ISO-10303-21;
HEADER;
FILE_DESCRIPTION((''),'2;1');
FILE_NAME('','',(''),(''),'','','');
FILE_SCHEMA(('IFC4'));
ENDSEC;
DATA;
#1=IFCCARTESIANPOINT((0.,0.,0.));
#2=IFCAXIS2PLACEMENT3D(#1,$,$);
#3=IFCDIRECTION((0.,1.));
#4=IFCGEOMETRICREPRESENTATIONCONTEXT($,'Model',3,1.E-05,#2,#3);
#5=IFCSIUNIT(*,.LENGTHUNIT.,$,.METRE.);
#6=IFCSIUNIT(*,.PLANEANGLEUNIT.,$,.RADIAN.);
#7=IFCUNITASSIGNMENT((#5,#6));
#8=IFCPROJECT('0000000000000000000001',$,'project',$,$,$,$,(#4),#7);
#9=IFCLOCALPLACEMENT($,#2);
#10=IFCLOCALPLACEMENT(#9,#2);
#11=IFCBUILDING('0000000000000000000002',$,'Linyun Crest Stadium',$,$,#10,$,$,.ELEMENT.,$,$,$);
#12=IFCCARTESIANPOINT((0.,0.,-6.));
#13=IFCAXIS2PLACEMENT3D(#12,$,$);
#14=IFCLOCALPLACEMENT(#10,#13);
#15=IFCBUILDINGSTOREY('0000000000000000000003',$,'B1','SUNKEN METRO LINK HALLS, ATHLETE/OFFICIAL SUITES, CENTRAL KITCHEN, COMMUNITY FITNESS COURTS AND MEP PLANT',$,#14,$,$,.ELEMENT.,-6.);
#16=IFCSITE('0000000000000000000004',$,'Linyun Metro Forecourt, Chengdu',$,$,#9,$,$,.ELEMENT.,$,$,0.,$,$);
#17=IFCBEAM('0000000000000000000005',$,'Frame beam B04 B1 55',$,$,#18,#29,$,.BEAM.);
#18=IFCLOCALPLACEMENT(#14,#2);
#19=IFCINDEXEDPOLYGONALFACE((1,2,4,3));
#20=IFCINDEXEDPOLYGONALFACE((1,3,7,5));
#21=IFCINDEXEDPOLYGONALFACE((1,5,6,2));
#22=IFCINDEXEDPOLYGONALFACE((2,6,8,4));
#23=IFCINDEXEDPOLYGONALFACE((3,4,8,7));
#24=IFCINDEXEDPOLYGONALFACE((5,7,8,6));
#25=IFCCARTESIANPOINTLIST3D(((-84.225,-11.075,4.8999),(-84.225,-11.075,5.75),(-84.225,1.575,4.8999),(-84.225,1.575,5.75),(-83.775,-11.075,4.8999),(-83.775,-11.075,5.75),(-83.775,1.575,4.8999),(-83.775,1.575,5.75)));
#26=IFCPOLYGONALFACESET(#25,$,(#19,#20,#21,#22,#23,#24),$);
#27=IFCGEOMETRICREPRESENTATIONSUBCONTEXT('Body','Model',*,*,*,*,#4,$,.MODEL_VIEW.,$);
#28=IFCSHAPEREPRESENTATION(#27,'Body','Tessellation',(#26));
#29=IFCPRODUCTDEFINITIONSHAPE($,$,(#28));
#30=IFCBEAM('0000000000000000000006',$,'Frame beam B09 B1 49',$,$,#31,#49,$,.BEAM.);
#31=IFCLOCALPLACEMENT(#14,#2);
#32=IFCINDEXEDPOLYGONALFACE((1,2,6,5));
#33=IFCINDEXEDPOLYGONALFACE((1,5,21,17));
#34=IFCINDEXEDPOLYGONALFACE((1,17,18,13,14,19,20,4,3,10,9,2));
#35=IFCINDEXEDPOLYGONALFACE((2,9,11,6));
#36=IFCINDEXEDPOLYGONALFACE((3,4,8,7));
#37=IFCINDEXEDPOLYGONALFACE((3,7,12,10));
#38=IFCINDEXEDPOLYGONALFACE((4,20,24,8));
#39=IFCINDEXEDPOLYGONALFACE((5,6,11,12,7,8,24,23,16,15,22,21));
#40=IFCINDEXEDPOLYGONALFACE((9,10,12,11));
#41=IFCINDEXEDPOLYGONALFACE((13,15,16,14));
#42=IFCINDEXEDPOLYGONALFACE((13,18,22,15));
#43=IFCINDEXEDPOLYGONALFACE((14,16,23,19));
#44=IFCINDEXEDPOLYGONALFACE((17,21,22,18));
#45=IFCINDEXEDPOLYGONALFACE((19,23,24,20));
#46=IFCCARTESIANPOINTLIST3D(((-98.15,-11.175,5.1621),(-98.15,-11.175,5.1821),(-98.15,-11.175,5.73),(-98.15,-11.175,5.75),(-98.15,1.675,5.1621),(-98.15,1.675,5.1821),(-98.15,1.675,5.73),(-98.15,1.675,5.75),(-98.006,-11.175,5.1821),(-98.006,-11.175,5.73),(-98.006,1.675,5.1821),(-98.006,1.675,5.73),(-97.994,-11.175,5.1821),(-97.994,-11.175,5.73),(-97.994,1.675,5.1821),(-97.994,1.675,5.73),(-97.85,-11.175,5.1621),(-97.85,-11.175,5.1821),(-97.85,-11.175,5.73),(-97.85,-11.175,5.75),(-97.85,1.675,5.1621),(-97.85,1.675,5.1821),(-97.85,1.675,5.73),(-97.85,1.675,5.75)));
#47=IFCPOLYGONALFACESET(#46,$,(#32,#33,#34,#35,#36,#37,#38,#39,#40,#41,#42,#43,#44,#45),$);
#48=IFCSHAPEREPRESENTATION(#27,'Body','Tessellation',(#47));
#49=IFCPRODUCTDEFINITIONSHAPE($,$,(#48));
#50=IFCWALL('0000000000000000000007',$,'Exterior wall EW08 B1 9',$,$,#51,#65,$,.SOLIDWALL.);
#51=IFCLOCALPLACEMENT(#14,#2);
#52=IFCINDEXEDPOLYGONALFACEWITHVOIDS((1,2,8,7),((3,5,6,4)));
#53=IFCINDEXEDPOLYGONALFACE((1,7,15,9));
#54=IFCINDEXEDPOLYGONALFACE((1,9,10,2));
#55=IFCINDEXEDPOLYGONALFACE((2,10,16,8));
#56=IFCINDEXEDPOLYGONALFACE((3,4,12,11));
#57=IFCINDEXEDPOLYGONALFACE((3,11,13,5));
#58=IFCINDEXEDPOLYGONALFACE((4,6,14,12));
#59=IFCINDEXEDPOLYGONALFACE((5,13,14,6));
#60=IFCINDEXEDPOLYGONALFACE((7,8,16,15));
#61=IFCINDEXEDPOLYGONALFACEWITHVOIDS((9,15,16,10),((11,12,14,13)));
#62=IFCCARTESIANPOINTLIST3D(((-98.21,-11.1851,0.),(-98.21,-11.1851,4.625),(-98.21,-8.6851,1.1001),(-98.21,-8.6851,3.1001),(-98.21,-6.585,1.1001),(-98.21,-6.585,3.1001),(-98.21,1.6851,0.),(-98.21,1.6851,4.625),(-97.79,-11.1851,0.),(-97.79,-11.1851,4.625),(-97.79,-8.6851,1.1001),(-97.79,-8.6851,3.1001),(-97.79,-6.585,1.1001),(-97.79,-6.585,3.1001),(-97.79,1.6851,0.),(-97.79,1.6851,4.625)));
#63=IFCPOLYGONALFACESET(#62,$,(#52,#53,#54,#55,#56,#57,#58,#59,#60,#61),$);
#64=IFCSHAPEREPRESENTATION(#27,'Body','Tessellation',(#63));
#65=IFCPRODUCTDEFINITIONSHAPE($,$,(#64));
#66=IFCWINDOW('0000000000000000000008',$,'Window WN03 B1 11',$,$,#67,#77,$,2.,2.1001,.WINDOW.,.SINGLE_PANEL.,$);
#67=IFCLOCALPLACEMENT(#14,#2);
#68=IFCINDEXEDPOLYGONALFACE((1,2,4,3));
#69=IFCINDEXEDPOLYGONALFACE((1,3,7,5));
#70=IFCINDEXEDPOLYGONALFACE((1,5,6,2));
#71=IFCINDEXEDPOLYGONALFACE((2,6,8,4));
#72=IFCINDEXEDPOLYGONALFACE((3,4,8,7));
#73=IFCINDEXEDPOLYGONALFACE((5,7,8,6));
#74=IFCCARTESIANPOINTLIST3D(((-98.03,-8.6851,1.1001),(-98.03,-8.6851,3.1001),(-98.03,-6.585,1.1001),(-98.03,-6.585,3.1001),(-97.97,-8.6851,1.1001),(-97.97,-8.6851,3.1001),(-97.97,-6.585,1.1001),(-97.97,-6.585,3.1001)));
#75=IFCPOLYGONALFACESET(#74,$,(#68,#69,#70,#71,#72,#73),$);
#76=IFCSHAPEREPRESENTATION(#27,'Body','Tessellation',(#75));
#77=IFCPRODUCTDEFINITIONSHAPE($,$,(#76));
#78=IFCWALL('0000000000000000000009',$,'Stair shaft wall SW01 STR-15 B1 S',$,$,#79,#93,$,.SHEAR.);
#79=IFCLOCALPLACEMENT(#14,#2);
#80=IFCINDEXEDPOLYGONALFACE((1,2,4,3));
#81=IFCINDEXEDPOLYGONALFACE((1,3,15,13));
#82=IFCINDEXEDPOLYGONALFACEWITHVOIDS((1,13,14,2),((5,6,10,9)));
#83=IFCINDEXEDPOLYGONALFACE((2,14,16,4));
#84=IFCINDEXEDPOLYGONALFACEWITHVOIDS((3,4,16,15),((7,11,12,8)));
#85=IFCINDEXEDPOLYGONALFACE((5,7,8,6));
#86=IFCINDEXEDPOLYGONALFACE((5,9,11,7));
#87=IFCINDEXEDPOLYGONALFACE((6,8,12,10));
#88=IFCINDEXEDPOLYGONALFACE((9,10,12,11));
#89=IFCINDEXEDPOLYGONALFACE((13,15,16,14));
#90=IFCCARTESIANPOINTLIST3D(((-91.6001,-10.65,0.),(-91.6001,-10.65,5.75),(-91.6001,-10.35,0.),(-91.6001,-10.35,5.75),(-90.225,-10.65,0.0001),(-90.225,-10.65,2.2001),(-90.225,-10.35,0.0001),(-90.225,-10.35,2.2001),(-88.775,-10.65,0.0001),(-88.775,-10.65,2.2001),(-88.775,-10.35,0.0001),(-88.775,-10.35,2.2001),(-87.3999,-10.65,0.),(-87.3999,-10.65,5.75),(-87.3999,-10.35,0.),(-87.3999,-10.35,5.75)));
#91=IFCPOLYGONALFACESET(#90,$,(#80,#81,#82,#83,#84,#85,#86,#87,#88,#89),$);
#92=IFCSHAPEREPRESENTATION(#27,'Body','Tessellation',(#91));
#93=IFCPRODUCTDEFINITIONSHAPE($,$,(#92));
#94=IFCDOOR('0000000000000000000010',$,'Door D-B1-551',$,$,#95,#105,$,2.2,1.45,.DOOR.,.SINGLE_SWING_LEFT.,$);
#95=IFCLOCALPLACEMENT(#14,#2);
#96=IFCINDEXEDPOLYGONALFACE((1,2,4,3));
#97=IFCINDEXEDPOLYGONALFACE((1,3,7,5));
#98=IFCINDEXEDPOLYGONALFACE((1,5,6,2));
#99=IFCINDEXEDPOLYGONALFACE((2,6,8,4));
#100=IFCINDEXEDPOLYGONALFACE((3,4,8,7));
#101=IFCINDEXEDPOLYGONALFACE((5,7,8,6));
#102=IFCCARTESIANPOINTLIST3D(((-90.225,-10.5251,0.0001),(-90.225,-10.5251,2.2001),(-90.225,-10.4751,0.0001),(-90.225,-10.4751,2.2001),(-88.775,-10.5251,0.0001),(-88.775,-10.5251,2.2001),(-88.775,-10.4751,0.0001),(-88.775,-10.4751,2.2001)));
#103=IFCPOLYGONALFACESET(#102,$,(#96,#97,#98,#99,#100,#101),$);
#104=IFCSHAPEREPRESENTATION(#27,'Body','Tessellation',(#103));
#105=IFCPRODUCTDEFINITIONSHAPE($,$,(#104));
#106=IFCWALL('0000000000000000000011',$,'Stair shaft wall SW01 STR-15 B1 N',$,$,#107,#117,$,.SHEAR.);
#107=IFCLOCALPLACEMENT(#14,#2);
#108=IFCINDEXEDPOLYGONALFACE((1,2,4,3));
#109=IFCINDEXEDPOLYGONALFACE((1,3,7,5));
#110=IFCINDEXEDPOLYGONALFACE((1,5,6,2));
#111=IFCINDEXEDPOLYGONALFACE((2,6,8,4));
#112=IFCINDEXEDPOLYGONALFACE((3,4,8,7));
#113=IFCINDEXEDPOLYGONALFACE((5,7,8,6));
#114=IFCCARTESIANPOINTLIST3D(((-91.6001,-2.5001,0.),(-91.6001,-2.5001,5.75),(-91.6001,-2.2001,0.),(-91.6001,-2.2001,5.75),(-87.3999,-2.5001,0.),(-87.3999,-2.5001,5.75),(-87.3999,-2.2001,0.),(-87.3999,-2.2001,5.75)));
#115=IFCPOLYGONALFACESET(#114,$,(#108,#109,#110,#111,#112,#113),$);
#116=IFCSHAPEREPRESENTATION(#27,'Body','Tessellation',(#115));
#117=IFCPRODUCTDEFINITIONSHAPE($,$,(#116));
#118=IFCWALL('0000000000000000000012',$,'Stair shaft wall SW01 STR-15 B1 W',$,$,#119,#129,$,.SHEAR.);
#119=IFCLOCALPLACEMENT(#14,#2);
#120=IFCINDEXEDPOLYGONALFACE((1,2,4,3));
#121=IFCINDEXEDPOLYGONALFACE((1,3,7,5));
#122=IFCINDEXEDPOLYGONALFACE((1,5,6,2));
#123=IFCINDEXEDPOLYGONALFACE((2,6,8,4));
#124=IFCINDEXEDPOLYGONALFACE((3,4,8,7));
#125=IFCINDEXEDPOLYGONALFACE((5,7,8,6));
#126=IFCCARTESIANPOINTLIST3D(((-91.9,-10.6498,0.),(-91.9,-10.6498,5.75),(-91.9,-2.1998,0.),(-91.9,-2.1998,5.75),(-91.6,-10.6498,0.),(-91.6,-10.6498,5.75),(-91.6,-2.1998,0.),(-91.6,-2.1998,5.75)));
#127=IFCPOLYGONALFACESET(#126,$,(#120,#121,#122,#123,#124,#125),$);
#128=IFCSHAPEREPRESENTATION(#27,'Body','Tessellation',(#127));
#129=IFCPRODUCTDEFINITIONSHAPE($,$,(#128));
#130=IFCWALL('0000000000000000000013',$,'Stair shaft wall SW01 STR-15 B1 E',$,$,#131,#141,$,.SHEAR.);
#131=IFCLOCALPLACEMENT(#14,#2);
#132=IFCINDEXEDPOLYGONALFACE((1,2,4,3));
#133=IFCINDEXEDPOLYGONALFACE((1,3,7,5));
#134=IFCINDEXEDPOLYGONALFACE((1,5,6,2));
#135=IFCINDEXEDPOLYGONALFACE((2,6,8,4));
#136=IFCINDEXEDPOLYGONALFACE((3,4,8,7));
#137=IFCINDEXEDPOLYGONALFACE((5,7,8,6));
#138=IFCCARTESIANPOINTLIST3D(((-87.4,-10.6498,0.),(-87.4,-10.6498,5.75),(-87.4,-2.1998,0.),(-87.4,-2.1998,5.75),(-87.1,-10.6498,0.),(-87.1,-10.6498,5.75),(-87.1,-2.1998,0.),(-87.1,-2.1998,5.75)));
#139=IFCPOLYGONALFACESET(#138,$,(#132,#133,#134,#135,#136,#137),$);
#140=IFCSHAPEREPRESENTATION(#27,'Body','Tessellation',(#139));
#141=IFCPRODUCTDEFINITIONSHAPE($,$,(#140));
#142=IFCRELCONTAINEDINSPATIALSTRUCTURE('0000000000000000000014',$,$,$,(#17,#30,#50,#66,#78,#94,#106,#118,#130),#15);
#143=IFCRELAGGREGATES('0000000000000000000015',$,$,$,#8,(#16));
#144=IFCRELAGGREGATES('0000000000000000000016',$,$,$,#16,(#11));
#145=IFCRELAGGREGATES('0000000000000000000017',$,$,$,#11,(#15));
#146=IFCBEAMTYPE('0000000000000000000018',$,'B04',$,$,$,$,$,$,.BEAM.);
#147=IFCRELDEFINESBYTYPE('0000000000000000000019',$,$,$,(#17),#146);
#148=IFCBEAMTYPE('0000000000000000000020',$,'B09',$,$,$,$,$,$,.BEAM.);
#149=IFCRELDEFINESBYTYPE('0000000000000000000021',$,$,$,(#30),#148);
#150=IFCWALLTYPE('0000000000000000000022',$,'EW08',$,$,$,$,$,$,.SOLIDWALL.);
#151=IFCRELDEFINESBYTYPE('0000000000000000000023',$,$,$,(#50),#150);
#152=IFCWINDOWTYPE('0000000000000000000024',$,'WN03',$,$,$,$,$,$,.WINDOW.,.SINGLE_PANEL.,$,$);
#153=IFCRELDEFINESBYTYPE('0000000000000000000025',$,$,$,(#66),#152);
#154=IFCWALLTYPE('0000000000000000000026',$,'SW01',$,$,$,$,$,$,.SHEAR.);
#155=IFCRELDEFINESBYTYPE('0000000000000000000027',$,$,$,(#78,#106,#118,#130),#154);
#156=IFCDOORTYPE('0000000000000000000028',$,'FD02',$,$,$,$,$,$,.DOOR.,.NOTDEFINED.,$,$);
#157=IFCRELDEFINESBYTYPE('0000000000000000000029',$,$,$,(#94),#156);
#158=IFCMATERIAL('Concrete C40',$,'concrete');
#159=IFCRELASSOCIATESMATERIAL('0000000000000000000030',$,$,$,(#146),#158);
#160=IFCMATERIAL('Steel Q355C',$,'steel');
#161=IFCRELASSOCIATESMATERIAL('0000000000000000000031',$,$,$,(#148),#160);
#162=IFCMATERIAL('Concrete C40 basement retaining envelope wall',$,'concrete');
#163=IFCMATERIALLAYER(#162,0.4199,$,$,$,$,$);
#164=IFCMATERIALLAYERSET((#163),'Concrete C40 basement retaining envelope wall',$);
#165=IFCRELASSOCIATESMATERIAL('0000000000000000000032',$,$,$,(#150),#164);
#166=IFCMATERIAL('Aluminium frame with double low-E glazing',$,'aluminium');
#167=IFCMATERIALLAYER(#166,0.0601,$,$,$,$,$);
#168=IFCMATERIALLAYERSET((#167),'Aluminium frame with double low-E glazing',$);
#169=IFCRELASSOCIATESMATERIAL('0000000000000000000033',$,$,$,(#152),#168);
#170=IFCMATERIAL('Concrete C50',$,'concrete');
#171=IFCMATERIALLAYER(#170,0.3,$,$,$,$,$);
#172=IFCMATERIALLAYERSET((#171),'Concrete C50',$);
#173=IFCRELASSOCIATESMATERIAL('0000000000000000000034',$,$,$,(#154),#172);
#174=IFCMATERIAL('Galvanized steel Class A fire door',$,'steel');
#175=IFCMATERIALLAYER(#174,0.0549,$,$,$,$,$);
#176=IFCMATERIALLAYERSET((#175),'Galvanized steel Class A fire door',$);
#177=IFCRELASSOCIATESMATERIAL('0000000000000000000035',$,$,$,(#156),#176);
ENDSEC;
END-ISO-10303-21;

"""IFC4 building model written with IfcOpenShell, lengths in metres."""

from ifc_helpers import new_model, si_unit, direction, frame, frame_2d, origin, origin_2d, place, context, subcontext, project, spatial, rectangle, i_section, extrude, material, layer, layer_set, material_profile, profile_set, type_object, element, fill, save


model = new_model("IFC4")

# Units and contexts
model_context = context("Model", 3, precision=1e-05, world=origin(), true_north=direction((0.0, 1.0)))
body_context = subcontext(model_context, "Body", "Model", "MODEL_VIEW")
ifc_project = project(units=[si_unit("LENGTHUNIT", "METRE"), si_unit("PLANEANGLEUNIT", "RADIAN")], contexts=[model_context])

# Site, building, storey
site_placement = place(None, origin())
site = spatial("IfcSite", under=ifc_project, at=site_placement, Name="Linyun Metro Forecourt, Chengdu", CompositionType="ELEMENT", RefElevation=0.0)
building_placement = place(site_placement, origin())
building = spatial("IfcBuilding", under=site, at=building_placement, Name="Linyun Crest Stadium", CompositionType="ELEMENT")
storey_placement = place(building_placement, frame((0.0, 0.0, -6.0)))
storey = spatial("IfcBuildingStorey", under=building, at=storey_placement, Name="B1", Description="SUNKEN METRO LINK HALLS, ATHLETE/OFFICIAL SUITES, CENTRAL KITCHEN, COMMUNITY FITNESS COURTS AND MEP PLANT", CompositionType="ELEMENT", Elevation=-6.0)

# Beams
ifc_material_1 = material(Name="Concrete C40", Category="concrete")
ifc_material_profile_1 = material_profile(ifc_material_1, rectangle(XDim=0.45, YDim=0.8501, at=origin_2d()), Name="RCB 850x450")
ifc_profile_set_1 = profile_set([ifc_material_profile_1], Name="Concrete C40")
beam_type_1 = type_object("IfcBeamType", Name="B04", PredefinedType="BEAM", material=ifc_profile_set_1)
beam_1_placement = place(storey_placement, frame((-84.0, -11.075, 5.325), z_axis=(0.0, 1.0, 0.0), x_axis=(-1.0, 0.0, 0.0)))
element("IfcBeam", 1, at=beam_1_placement, inside=storey, type_object=beam_type_1, Name="Frame beam B04 B1 55", PredefinedType="BEAM", context=body_context, shape_type="SweptSolid", body=[
    extrude(rectangle(XDim=0.45, YDim=0.8501, at=origin_2d()), origin(), (0.0, 0.0, 1.0), 12.6499),
])
ifc_material_2 = material(Name="Steel Q355C", Category="steel")
ifc_material_profile_2 = material_profile(ifc_material_2, i_section(OverallWidth=0.3, OverallDepth=0.5879, WebThickness=0.012, FlangeThickness=0.02, at=origin_2d()), Name="HM 588x300")
ifc_profile_set_2 = profile_set([ifc_material_profile_2], Name="Steel Q355C")
beam_type_2 = type_object("IfcBeamType", Name="B09", PredefinedType="BEAM", material=ifc_profile_set_2)
beam_2_placement = place(storey_placement, frame((-98.0, -11.175, 5.4561), z_axis=(0.0, 1.0, 0.0), x_axis=(-1.0, 0.0, 0.0)))
element("IfcBeam", 2, at=beam_2_placement, inside=storey, type_object=beam_type_2, Name="Frame beam B09 B1 49", PredefinedType="BEAM", context=body_context, shape_type="SweptSolid", body=[
    extrude(i_section(OverallWidth=0.3, OverallDepth=0.5879, WebThickness=0.012, FlangeThickness=0.02, at=origin_2d()), origin(), (0.0, 0.0, 1.0), 12.8501),
])

# Wall, opening, window
ifc_material_3 = material(Name="Concrete C40 basement retaining envelope wall", Category="concrete")
ifc_layer_1 = layer(ifc_material_3, 0.4199)
ifc_layer_set_1 = layer_set([ifc_layer_1], Name="Concrete C40 basement retaining envelope wall")
wall_type_1 = type_object("IfcWallType", Name="EW08", PredefinedType="SOLIDWALL", material=ifc_layer_set_1)
wall_1_placement = place(storey_placement, frame((-98.0, -11.1851, 0.0), z_axis=(0.0, 0.0, 1.0), x_axis=(0.0, 1.0, 0.0)))
wall_1 = element("IfcWall", 3, at=wall_1_placement, inside=storey, type_object=wall_type_1, Name="Exterior wall EW08 B1 9", PredefinedType="SOLIDWALL", context=body_context, shape_type="SweptSolid", body=[
    extrude(rectangle(XDim=12.8701, YDim=0.4199, at=frame_2d((6.4351, 0.0))), origin(), (0.0, 0.0, 1.0), 4.625),
])
opening_1_placement = place(wall_1_placement, frame((2.5, 0.0, 1.1001)))
opening_1 = element("IfcOpeningElement", 4, at=opening_1_placement, cuts=wall_1, PredefinedType="OPENING", context=body_context, shape_type="SweptSolid", body=[
    extrude(rectangle(XDim=2.1001, YDim=2.0, at=frame_2d((1.05, 1.0))), frame((0.0, 0.22, 0.0), z_axis=(0.0, -1.0, 0.0), x_axis=(1.0, 0.0, 0.0)), (0.0, 0.0, 1.0), 0.4399),
])
ifc_material_4 = material(Name="Aluminium frame with double low-E glazing", Category="aluminium")
ifc_layer_2 = layer(ifc_material_4, 0.0601)
ifc_layer_set_2 = layer_set([ifc_layer_2], Name="Aluminium frame with double low-E glazing")
window_type = type_object("IfcWindowType", Name="WN03", PartitioningType="SINGLE_PANEL", PredefinedType="WINDOW", material=ifc_layer_set_2)
window_placement = place(opening_1_placement, origin())
window = element("IfcWindow", 5, at=window_placement, inside=storey, type_object=window_type, Name="Window WN03 B1 11", OverallHeight=2.0, OverallWidth=2.1001, PartitioningType="SINGLE_PANEL", PredefinedType="WINDOW", context=body_context, shape_type="SweptSolid", body=[
    extrude(rectangle(XDim=2.1001, YDim=2.0, at=frame_2d((1.05, 1.0))), frame((0.0, 0.03, 0.0), z_axis=(0.0, -1.0, 0.0), x_axis=(1.0, 0.0, 0.0)), (0.0, 0.0, 1.0), 0.0601),
])
fill(opening_1, window)

# Wall, opening, door
ifc_material_5 = material(Name="Concrete C50", Category="concrete")
ifc_layer_3 = layer(ifc_material_5, 0.3)
ifc_layer_set_3 = layer_set([ifc_layer_3], Name="Concrete C50")
wall_type_2 = type_object("IfcWallType", Name="SW01", PredefinedType="SHEAR", material=ifc_layer_set_3)
wall_2_placement = place(storey_placement, frame((-91.6001, -10.5, 0.0), z_axis=(0.0, 0.0, 1.0), x_axis=(1.0, 0.0, 0.0)))
wall_2 = element("IfcWall", 6, at=wall_2_placement, inside=storey, type_object=wall_type_2, Name="Stair shaft wall SW01 STR-15 B1 S", PredefinedType="SHEAR", context=body_context, shape_type="SweptSolid", body=[
    extrude(rectangle(XDim=4.2002, YDim=0.3, at=frame_2d((2.1001, 0.0))), origin(), (0.0, 0.0, 1.0), 5.75),
])
opening_2_placement = place(wall_2_placement, frame((1.375, 0.0, 0.0)))
opening_2 = element("IfcOpeningElement", 7, at=opening_2_placement, cuts=wall_2, PredefinedType="OPENING", context=body_context, shape_type="SweptSolid", body=[
    extrude(rectangle(XDim=1.45, YDim=2.2, at=frame_2d((0.7251, 1.1001))), frame((0.0, 0.1599, 0.0), z_axis=(0.0, -1.0, 0.0), x_axis=(1.0, 0.0, 0.0)), (0.0, 0.0, 1.0), 0.3201),
])
ifc_material_6 = material(Name="Galvanized steel Class A fire door", Category="steel")
ifc_layer_4 = layer(ifc_material_6, 0.0549)
ifc_layer_set_4 = layer_set([ifc_layer_4], Name="Galvanized steel Class A fire door")
door_type = type_object("IfcDoorType", Name="FD02", OperationType="NOTDEFINED", PredefinedType="DOOR", material=ifc_layer_set_4)
door_placement = place(opening_2_placement, origin())
door = element("IfcDoor", 8, at=door_placement, inside=storey, type_object=door_type, Name="Door D-B1-551", OperationType="SINGLE_SWING_LEFT", OverallHeight=2.2, OverallWidth=1.45, PredefinedType="DOOR", context=body_context, shape_type="SweptSolid", body=[
    extrude(rectangle(XDim=1.45, YDim=2.2, at=frame_2d((0.7251, 1.1001))), frame((0.0, 0.0249, 0.0), z_axis=(0.0, -1.0, 0.0), x_axis=(1.0, 0.0, 0.0)), (0.0, 0.0, 1.0), 0.05),
])
fill(opening_2, door)

# Walls
wall_3_placement = place(storey_placement, frame((-91.6001, -2.3501, 0.0), z_axis=(0.0, 0.0, 1.0), x_axis=(1.0, 0.0, 0.0)))
element("IfcWall", 9, at=wall_3_placement, inside=storey, type_object=wall_type_2, Name="Stair shaft wall SW01 STR-15 B1 N", PredefinedType="SHEAR", context=body_context, shape_type="SweptSolid", body=[
    extrude(rectangle(XDim=4.2002, YDim=0.3, at=frame_2d((2.1001, 0.0))), origin(), (0.0, 0.0, 1.0), 5.75),
])
for number, where, z_axis, x_axis, name in (
    (10, (-91.75, -10.6499, 0.0), (0.0, 0.0, 1.0), (0.0, 1.0, 0.0), "Stair shaft wall SW01 STR-15 B1 W"),
    (11, (-87.25, -10.6499, 0.0), (0.0, 0.0, 1.0), (0.0, 1.0, 0.0), "Stair shaft wall SW01 STR-15 B1 E"),
):
    element("IfcWall", number, at=place(storey_placement, frame(where, z_axis=z_axis, x_axis=x_axis)), inside=storey, type_object=wall_type_2, Name=name, PredefinedType="SHEAR", context=body_context, shape_type="SweptSolid", body=[
        extrude(rectangle(XDim=8.45, YDim=0.3, at=frame_2d((4.2251, 0.0))), origin(), (0.0, 0.0, 1.0), 5.75),
    ])

save(model, "model.ifc")
